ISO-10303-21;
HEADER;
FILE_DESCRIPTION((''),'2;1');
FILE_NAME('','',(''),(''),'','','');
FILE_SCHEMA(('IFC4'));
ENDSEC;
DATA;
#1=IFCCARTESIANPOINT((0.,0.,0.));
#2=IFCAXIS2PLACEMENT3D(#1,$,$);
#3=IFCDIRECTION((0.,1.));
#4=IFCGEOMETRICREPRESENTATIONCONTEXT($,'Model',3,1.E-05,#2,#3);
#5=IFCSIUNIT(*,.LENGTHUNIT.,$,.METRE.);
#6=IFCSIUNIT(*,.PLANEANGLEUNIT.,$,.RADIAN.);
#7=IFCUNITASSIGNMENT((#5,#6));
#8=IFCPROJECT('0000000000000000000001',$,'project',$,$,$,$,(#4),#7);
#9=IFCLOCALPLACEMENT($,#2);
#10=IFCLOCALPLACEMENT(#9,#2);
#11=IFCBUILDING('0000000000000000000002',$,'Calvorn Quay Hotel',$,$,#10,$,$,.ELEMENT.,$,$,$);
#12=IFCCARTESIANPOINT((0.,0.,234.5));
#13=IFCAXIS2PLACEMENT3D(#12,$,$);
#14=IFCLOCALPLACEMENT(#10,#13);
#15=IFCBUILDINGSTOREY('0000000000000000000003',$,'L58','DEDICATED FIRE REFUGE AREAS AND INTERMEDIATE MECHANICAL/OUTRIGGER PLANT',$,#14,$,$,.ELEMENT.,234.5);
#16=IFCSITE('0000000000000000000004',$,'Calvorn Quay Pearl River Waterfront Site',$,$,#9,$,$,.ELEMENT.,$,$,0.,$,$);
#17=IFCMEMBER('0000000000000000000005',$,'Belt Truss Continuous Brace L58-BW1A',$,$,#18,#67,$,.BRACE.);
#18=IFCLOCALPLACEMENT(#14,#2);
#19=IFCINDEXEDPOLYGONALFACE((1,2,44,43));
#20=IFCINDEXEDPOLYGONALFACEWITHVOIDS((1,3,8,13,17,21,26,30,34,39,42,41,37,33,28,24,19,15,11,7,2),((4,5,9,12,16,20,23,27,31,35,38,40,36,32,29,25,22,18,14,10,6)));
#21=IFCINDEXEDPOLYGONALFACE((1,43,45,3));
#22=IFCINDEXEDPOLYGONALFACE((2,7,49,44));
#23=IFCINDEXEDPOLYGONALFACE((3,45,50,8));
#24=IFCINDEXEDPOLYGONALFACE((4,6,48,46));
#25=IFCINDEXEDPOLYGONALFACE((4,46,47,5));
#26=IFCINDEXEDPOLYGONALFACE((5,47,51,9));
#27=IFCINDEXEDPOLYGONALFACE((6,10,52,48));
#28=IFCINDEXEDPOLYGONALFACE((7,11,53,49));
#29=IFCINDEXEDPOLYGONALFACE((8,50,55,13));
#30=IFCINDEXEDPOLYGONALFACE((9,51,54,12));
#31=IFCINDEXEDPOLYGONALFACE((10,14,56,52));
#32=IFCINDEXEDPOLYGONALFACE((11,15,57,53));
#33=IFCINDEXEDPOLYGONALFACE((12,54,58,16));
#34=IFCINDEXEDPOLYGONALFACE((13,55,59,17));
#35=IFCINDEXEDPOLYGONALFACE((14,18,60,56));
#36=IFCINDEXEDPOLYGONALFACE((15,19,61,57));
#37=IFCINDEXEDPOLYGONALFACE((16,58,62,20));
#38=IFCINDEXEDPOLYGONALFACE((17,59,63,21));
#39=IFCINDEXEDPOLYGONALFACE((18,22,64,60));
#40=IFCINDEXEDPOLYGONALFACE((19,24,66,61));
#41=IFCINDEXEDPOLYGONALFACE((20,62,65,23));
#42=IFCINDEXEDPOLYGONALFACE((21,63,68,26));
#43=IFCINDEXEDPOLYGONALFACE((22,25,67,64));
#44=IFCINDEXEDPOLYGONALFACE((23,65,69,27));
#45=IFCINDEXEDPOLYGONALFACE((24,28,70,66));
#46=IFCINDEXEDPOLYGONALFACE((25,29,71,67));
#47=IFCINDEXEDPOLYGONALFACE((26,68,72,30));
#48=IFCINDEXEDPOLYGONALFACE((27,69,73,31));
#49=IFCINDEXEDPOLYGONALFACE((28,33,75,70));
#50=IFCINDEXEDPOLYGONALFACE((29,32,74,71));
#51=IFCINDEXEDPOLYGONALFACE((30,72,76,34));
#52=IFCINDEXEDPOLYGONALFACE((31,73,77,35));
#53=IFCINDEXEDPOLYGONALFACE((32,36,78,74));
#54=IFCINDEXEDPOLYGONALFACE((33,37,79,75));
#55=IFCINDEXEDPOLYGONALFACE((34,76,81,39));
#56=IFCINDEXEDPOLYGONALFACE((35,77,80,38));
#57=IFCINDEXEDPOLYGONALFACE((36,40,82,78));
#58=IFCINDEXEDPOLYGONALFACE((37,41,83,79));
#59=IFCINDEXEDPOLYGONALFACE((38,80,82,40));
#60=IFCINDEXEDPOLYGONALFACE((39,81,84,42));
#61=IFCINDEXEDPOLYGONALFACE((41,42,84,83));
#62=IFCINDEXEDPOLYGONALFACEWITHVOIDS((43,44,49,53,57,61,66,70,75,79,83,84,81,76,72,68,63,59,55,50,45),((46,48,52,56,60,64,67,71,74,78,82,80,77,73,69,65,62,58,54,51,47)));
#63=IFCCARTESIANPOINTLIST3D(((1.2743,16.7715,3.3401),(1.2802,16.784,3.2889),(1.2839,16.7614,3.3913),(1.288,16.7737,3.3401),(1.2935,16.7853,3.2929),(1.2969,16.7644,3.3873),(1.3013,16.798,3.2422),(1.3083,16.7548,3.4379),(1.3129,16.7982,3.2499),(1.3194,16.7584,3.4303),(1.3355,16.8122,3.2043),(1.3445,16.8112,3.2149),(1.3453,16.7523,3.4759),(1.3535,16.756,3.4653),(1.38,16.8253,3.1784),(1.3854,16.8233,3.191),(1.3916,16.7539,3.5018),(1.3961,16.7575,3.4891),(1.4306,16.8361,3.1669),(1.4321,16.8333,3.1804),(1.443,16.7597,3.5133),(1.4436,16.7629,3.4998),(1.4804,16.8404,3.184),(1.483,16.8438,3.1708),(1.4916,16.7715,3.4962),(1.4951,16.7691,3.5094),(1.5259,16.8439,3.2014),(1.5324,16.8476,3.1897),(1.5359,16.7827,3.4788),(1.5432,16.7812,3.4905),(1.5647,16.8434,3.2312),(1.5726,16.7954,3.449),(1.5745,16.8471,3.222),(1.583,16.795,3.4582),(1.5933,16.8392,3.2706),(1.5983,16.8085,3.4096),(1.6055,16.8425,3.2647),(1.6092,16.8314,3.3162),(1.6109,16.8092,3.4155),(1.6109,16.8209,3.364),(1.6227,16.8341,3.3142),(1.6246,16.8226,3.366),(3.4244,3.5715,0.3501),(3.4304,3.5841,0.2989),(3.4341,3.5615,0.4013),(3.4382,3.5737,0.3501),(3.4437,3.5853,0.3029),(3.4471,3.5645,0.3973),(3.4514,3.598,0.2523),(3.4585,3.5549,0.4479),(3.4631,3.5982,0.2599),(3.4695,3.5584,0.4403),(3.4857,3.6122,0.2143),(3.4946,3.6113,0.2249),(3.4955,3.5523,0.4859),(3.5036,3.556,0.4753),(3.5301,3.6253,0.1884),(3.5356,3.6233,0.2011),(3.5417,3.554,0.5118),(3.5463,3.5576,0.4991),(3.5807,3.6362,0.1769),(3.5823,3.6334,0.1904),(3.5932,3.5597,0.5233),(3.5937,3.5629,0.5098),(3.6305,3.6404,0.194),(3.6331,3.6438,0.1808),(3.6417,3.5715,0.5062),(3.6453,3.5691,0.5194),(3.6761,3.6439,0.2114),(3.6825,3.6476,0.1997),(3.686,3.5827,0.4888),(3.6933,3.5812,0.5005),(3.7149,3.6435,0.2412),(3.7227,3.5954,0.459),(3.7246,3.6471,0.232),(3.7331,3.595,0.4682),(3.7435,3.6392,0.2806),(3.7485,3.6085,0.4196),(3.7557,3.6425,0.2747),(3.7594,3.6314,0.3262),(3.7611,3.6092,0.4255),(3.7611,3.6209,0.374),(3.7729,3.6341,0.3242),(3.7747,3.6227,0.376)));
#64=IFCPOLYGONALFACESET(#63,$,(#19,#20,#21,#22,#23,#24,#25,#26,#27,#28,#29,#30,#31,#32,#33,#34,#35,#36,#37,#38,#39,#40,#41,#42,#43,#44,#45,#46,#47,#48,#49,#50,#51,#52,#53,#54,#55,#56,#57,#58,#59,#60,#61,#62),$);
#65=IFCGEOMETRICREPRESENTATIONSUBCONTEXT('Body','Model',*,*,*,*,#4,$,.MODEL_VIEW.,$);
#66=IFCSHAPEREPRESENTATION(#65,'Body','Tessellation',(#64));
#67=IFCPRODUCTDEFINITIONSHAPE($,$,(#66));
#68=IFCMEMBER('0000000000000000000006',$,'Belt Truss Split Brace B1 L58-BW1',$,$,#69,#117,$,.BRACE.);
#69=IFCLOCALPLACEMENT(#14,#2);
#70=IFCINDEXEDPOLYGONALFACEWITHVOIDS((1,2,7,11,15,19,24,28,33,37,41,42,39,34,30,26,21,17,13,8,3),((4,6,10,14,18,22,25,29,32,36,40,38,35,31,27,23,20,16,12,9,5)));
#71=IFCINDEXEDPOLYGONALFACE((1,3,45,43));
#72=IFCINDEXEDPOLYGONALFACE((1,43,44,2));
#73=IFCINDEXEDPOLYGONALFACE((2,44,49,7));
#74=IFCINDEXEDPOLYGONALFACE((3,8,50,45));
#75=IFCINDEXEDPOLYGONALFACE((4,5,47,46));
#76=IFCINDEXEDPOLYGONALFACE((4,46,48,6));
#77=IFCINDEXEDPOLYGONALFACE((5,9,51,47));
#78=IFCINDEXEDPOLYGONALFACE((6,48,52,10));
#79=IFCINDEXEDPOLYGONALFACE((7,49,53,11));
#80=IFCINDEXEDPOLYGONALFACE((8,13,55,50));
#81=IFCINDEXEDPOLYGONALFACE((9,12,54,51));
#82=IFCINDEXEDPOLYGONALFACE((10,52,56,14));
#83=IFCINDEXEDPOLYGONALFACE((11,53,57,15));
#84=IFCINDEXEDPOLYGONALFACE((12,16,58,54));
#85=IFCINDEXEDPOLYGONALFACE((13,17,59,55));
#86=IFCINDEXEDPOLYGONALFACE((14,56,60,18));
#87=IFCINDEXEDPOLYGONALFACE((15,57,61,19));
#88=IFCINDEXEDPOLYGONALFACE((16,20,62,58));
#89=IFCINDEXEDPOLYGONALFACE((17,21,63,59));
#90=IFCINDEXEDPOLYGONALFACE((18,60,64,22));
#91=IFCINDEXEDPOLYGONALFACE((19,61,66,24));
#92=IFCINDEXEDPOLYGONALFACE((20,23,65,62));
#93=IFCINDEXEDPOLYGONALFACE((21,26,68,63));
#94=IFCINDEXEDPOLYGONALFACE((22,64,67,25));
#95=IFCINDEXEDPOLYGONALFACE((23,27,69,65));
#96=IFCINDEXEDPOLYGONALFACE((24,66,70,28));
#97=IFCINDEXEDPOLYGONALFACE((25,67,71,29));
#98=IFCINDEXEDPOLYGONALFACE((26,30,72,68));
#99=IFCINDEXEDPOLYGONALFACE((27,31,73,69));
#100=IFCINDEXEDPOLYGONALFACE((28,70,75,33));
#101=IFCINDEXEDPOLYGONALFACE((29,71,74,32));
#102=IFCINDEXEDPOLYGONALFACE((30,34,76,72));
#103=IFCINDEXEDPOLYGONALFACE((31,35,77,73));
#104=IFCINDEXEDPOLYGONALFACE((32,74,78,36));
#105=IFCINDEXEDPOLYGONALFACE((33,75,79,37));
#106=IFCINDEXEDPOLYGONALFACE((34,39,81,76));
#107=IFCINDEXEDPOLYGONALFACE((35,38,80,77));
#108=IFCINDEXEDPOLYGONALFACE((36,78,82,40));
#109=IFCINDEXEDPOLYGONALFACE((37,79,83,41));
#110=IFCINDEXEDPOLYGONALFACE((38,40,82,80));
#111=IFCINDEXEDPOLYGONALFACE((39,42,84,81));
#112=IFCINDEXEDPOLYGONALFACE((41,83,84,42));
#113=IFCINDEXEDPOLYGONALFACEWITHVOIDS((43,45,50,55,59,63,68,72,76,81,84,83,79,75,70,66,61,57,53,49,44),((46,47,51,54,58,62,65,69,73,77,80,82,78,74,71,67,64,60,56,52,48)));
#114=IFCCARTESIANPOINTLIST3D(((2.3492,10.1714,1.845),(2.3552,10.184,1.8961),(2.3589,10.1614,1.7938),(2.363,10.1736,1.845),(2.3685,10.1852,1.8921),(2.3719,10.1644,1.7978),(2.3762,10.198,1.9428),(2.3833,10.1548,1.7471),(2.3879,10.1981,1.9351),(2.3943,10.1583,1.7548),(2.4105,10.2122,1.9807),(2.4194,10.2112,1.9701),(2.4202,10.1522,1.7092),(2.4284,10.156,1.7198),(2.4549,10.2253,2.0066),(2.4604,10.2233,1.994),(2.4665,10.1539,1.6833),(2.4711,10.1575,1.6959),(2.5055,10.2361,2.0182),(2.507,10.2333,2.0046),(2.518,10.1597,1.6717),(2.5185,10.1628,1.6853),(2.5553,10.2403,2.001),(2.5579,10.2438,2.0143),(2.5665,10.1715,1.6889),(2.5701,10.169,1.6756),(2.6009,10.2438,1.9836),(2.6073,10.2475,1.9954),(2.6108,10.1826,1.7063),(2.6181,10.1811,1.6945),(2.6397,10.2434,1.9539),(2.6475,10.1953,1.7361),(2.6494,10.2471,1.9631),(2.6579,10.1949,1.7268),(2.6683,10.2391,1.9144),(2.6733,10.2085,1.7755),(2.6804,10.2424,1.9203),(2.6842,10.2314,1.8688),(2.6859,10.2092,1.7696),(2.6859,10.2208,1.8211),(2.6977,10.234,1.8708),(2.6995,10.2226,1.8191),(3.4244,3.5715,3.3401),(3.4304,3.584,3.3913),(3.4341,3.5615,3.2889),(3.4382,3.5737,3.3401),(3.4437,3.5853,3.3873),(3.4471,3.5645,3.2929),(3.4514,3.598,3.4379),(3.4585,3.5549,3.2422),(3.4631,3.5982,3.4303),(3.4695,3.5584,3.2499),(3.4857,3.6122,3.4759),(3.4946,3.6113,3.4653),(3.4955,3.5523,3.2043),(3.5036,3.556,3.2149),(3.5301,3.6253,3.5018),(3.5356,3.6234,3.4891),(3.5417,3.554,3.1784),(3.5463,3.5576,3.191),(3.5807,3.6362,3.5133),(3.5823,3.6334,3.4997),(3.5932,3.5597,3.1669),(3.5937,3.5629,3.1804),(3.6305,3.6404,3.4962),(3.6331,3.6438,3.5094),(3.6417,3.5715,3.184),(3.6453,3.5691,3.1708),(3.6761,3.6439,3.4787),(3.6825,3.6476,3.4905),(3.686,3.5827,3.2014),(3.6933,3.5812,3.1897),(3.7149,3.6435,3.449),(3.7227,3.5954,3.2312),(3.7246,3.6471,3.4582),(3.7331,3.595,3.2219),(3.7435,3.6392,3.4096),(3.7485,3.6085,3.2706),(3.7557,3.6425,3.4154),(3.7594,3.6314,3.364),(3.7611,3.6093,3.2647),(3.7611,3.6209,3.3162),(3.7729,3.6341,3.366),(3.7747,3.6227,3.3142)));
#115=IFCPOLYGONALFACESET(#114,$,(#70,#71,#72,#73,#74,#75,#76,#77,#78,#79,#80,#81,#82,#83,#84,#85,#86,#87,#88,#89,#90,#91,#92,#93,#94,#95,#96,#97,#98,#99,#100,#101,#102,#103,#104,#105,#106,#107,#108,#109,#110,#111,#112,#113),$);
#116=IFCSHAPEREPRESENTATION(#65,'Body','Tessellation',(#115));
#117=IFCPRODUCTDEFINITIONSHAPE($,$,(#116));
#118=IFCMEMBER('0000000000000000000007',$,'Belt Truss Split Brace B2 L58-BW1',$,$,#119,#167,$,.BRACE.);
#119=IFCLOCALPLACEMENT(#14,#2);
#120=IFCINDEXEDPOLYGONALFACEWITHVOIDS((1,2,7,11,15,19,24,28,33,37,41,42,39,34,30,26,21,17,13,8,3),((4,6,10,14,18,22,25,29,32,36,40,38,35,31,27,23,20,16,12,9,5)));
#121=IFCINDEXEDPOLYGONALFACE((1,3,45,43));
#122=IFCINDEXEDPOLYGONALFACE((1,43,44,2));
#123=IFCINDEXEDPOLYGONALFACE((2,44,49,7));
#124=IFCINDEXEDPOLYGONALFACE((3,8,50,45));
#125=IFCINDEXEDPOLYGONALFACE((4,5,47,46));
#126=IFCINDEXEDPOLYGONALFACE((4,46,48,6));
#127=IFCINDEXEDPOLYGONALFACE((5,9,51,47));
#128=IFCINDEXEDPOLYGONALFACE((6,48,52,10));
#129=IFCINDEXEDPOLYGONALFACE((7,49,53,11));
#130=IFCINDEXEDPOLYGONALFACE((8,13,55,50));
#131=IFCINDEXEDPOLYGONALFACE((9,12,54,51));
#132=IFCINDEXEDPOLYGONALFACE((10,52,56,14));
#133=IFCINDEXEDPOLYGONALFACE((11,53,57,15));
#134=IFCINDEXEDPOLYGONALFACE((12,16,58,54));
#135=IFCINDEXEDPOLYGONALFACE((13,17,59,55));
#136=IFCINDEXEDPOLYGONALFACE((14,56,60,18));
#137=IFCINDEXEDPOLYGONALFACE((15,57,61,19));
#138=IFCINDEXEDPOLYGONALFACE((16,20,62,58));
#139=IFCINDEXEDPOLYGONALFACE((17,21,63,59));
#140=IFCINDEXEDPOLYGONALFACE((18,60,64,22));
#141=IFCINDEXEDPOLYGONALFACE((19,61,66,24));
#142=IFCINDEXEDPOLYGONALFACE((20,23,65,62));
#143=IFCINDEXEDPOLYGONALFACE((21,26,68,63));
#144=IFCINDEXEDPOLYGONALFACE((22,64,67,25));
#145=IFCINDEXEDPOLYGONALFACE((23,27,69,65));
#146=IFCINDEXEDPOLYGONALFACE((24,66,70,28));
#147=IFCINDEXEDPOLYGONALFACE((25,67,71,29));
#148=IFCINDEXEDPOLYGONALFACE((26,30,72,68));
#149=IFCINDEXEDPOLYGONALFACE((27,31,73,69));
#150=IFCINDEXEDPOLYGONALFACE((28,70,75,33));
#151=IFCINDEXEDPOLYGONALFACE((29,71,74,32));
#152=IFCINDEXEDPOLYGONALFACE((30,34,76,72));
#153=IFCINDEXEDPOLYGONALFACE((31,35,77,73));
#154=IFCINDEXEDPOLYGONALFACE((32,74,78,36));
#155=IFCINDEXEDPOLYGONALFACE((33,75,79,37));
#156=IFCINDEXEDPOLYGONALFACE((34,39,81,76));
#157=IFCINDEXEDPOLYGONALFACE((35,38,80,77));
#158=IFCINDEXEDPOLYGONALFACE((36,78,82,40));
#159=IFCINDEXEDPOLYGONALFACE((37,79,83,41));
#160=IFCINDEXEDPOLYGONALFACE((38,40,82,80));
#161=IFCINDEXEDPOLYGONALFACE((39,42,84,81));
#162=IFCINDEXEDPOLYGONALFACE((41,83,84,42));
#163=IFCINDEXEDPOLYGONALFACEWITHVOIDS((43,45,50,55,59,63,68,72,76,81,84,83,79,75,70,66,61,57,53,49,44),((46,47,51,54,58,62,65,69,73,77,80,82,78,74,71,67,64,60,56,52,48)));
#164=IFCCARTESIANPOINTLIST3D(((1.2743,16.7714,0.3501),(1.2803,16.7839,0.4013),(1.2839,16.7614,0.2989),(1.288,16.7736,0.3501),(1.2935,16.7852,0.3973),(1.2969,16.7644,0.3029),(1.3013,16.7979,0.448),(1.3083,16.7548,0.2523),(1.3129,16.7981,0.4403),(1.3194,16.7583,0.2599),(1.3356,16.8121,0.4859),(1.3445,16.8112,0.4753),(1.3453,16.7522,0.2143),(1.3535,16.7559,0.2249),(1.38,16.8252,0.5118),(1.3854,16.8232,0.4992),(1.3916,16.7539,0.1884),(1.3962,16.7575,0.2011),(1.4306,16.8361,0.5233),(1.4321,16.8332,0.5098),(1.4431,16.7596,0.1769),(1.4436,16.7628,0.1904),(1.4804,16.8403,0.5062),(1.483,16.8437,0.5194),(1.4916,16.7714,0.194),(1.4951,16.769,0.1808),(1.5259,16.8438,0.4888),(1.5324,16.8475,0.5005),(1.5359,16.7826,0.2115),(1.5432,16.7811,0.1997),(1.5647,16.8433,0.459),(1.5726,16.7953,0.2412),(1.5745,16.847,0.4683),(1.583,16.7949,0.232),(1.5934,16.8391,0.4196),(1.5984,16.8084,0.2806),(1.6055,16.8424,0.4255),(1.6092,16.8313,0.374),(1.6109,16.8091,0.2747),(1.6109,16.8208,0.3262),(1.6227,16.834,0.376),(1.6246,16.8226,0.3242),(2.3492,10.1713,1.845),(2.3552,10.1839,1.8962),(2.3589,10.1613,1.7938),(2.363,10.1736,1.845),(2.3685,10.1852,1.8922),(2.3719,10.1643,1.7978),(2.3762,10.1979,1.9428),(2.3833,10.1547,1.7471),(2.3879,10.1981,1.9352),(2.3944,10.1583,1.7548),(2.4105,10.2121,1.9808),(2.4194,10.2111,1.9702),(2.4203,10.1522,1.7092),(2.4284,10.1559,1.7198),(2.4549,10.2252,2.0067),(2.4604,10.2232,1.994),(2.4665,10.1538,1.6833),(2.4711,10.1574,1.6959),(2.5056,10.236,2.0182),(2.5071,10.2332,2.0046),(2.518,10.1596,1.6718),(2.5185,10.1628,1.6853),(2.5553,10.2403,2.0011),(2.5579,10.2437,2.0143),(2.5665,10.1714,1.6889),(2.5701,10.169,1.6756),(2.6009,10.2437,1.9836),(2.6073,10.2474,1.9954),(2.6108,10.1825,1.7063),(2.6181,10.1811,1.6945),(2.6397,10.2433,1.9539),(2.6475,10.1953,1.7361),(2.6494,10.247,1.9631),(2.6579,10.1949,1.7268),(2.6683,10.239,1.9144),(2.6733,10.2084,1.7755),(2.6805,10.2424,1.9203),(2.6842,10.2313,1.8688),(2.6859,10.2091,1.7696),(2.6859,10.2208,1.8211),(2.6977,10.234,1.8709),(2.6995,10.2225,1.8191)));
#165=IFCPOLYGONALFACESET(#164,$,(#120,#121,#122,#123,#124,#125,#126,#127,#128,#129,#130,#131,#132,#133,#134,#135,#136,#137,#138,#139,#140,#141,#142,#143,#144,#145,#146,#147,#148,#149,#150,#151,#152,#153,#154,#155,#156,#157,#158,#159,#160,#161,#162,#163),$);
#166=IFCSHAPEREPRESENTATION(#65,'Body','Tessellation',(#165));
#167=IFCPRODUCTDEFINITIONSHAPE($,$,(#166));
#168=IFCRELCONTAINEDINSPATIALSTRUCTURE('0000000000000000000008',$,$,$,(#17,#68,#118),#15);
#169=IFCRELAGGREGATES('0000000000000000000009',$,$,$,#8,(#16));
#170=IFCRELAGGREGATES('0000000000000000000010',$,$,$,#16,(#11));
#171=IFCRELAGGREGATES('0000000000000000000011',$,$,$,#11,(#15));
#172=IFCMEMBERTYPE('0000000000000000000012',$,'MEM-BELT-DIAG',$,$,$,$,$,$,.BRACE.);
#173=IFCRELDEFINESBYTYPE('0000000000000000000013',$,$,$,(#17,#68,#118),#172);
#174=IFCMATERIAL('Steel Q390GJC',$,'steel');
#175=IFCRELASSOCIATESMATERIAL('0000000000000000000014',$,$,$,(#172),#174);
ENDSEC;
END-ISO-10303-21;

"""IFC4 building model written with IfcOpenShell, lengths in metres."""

from ifc_helpers import new_model, si_unit, direction, frame, origin, origin_2d, place, context, subcontext, project, spatial, hollow_circle, extrude, material, material_profile, profile_set, type_object, element, save


model = new_model("IFC4")

# Units and contexts
model_context = context("Model", 3, precision=1e-05, world=origin(), true_north=direction((0.0, 1.0)))
body_context = subcontext(model_context, "Body", "Model", "MODEL_VIEW")
ifc_project = project(units=[si_unit("LENGTHUNIT", "METRE"), si_unit("PLANEANGLEUNIT", "RADIAN")], contexts=[model_context])

# Site, building, storey
site_placement = place(None, origin())
site = spatial("IfcSite", under=ifc_project, at=site_placement, Name="Calvorn Quay Pearl River Waterfront Site", CompositionType="ELEMENT", RefElevation=0.0)
building_placement = place(site_placement, origin())
building = spatial("IfcBuilding", under=site, at=building_placement, Name="Calvorn Quay Hotel", CompositionType="ELEMENT")
storey_placement = place(building_placement, frame((0.0, 0.0, 234.5)))
storey = spatial("IfcBuildingStorey", under=building, at=storey_placement, Name="L58", Description="DEDICATED FIRE REFUGE AREAS AND INTERMEDIATE MECHANICAL/OUTRIGGER PLANT", CompositionType="ELEMENT", Elevation=234.5)

# Members
ifc_material_1 = material(Name="Steel Q390GJC", Category="steel")
ifc_material_profile_1 = material_profile(ifc_material_1, hollow_circle(Radius=0.178, WallThickness=0.0139, at=origin_2d()), Name="CHS356x14")
ifc_profile_set_1 = profile_set([ifc_material_profile_1], Name="Steel Q390GJC")
member_type_1 = type_object("IfcMemberType", Name="MEM-BELT-DIAG", PredefinedType="BRACE", material=ifc_profile_set_1)
member_1_placement = place(storey_placement, frame((3.6001, 3.6001, 0.3501), z_axis=(-0.156898, 0.963213, 0.218182), x_axis=(-0.986992, -0.160772, 0.0)))
element("IfcMember", 1, at=member_1_placement, inside=storey, type_object=member_type_1, Name="Belt Truss Continuous Brace L58-BW1A", PredefinedType="BRACE", context=body_context, shape_type="SweptSolid", body=[
    extrude(hollow_circle(Radius=0.178, WallThickness=0.0139, at=origin_2d()), origin(), (0.0, 0.0, 1.0), 13.7041),
])
for number, where, z_axis, x_axis, name in (
    (2, (3.6001, 3.6001, 3.3401), (-0.156918, 0.963205, -0.218203), (-0.986988, -0.160792, 0.0), "Belt Truss Split Brace B1 L58-BW1"),
    (3, (2.5249, 10.2, 1.845), (-0.156879, 0.963221, -0.218162), (-0.986995, -0.160751, 0.0), "Belt Truss Split Brace B2 L58-BW1"),
):
    element("IfcMember", number, at=place(storey_placement, frame(where, z_axis=z_axis, x_axis=x_axis)), inside=storey, type_object=member_type_1, Name=name, PredefinedType="BRACE", context=body_context, shape_type="SweptSolid", body=[
        extrude(hollow_circle(Radius=0.178, WallThickness=0.0139, at=origin_2d()), origin(), (0.0, 0.0, 1.0), 6.8521),
    ])

save(model, "model.ifc")
